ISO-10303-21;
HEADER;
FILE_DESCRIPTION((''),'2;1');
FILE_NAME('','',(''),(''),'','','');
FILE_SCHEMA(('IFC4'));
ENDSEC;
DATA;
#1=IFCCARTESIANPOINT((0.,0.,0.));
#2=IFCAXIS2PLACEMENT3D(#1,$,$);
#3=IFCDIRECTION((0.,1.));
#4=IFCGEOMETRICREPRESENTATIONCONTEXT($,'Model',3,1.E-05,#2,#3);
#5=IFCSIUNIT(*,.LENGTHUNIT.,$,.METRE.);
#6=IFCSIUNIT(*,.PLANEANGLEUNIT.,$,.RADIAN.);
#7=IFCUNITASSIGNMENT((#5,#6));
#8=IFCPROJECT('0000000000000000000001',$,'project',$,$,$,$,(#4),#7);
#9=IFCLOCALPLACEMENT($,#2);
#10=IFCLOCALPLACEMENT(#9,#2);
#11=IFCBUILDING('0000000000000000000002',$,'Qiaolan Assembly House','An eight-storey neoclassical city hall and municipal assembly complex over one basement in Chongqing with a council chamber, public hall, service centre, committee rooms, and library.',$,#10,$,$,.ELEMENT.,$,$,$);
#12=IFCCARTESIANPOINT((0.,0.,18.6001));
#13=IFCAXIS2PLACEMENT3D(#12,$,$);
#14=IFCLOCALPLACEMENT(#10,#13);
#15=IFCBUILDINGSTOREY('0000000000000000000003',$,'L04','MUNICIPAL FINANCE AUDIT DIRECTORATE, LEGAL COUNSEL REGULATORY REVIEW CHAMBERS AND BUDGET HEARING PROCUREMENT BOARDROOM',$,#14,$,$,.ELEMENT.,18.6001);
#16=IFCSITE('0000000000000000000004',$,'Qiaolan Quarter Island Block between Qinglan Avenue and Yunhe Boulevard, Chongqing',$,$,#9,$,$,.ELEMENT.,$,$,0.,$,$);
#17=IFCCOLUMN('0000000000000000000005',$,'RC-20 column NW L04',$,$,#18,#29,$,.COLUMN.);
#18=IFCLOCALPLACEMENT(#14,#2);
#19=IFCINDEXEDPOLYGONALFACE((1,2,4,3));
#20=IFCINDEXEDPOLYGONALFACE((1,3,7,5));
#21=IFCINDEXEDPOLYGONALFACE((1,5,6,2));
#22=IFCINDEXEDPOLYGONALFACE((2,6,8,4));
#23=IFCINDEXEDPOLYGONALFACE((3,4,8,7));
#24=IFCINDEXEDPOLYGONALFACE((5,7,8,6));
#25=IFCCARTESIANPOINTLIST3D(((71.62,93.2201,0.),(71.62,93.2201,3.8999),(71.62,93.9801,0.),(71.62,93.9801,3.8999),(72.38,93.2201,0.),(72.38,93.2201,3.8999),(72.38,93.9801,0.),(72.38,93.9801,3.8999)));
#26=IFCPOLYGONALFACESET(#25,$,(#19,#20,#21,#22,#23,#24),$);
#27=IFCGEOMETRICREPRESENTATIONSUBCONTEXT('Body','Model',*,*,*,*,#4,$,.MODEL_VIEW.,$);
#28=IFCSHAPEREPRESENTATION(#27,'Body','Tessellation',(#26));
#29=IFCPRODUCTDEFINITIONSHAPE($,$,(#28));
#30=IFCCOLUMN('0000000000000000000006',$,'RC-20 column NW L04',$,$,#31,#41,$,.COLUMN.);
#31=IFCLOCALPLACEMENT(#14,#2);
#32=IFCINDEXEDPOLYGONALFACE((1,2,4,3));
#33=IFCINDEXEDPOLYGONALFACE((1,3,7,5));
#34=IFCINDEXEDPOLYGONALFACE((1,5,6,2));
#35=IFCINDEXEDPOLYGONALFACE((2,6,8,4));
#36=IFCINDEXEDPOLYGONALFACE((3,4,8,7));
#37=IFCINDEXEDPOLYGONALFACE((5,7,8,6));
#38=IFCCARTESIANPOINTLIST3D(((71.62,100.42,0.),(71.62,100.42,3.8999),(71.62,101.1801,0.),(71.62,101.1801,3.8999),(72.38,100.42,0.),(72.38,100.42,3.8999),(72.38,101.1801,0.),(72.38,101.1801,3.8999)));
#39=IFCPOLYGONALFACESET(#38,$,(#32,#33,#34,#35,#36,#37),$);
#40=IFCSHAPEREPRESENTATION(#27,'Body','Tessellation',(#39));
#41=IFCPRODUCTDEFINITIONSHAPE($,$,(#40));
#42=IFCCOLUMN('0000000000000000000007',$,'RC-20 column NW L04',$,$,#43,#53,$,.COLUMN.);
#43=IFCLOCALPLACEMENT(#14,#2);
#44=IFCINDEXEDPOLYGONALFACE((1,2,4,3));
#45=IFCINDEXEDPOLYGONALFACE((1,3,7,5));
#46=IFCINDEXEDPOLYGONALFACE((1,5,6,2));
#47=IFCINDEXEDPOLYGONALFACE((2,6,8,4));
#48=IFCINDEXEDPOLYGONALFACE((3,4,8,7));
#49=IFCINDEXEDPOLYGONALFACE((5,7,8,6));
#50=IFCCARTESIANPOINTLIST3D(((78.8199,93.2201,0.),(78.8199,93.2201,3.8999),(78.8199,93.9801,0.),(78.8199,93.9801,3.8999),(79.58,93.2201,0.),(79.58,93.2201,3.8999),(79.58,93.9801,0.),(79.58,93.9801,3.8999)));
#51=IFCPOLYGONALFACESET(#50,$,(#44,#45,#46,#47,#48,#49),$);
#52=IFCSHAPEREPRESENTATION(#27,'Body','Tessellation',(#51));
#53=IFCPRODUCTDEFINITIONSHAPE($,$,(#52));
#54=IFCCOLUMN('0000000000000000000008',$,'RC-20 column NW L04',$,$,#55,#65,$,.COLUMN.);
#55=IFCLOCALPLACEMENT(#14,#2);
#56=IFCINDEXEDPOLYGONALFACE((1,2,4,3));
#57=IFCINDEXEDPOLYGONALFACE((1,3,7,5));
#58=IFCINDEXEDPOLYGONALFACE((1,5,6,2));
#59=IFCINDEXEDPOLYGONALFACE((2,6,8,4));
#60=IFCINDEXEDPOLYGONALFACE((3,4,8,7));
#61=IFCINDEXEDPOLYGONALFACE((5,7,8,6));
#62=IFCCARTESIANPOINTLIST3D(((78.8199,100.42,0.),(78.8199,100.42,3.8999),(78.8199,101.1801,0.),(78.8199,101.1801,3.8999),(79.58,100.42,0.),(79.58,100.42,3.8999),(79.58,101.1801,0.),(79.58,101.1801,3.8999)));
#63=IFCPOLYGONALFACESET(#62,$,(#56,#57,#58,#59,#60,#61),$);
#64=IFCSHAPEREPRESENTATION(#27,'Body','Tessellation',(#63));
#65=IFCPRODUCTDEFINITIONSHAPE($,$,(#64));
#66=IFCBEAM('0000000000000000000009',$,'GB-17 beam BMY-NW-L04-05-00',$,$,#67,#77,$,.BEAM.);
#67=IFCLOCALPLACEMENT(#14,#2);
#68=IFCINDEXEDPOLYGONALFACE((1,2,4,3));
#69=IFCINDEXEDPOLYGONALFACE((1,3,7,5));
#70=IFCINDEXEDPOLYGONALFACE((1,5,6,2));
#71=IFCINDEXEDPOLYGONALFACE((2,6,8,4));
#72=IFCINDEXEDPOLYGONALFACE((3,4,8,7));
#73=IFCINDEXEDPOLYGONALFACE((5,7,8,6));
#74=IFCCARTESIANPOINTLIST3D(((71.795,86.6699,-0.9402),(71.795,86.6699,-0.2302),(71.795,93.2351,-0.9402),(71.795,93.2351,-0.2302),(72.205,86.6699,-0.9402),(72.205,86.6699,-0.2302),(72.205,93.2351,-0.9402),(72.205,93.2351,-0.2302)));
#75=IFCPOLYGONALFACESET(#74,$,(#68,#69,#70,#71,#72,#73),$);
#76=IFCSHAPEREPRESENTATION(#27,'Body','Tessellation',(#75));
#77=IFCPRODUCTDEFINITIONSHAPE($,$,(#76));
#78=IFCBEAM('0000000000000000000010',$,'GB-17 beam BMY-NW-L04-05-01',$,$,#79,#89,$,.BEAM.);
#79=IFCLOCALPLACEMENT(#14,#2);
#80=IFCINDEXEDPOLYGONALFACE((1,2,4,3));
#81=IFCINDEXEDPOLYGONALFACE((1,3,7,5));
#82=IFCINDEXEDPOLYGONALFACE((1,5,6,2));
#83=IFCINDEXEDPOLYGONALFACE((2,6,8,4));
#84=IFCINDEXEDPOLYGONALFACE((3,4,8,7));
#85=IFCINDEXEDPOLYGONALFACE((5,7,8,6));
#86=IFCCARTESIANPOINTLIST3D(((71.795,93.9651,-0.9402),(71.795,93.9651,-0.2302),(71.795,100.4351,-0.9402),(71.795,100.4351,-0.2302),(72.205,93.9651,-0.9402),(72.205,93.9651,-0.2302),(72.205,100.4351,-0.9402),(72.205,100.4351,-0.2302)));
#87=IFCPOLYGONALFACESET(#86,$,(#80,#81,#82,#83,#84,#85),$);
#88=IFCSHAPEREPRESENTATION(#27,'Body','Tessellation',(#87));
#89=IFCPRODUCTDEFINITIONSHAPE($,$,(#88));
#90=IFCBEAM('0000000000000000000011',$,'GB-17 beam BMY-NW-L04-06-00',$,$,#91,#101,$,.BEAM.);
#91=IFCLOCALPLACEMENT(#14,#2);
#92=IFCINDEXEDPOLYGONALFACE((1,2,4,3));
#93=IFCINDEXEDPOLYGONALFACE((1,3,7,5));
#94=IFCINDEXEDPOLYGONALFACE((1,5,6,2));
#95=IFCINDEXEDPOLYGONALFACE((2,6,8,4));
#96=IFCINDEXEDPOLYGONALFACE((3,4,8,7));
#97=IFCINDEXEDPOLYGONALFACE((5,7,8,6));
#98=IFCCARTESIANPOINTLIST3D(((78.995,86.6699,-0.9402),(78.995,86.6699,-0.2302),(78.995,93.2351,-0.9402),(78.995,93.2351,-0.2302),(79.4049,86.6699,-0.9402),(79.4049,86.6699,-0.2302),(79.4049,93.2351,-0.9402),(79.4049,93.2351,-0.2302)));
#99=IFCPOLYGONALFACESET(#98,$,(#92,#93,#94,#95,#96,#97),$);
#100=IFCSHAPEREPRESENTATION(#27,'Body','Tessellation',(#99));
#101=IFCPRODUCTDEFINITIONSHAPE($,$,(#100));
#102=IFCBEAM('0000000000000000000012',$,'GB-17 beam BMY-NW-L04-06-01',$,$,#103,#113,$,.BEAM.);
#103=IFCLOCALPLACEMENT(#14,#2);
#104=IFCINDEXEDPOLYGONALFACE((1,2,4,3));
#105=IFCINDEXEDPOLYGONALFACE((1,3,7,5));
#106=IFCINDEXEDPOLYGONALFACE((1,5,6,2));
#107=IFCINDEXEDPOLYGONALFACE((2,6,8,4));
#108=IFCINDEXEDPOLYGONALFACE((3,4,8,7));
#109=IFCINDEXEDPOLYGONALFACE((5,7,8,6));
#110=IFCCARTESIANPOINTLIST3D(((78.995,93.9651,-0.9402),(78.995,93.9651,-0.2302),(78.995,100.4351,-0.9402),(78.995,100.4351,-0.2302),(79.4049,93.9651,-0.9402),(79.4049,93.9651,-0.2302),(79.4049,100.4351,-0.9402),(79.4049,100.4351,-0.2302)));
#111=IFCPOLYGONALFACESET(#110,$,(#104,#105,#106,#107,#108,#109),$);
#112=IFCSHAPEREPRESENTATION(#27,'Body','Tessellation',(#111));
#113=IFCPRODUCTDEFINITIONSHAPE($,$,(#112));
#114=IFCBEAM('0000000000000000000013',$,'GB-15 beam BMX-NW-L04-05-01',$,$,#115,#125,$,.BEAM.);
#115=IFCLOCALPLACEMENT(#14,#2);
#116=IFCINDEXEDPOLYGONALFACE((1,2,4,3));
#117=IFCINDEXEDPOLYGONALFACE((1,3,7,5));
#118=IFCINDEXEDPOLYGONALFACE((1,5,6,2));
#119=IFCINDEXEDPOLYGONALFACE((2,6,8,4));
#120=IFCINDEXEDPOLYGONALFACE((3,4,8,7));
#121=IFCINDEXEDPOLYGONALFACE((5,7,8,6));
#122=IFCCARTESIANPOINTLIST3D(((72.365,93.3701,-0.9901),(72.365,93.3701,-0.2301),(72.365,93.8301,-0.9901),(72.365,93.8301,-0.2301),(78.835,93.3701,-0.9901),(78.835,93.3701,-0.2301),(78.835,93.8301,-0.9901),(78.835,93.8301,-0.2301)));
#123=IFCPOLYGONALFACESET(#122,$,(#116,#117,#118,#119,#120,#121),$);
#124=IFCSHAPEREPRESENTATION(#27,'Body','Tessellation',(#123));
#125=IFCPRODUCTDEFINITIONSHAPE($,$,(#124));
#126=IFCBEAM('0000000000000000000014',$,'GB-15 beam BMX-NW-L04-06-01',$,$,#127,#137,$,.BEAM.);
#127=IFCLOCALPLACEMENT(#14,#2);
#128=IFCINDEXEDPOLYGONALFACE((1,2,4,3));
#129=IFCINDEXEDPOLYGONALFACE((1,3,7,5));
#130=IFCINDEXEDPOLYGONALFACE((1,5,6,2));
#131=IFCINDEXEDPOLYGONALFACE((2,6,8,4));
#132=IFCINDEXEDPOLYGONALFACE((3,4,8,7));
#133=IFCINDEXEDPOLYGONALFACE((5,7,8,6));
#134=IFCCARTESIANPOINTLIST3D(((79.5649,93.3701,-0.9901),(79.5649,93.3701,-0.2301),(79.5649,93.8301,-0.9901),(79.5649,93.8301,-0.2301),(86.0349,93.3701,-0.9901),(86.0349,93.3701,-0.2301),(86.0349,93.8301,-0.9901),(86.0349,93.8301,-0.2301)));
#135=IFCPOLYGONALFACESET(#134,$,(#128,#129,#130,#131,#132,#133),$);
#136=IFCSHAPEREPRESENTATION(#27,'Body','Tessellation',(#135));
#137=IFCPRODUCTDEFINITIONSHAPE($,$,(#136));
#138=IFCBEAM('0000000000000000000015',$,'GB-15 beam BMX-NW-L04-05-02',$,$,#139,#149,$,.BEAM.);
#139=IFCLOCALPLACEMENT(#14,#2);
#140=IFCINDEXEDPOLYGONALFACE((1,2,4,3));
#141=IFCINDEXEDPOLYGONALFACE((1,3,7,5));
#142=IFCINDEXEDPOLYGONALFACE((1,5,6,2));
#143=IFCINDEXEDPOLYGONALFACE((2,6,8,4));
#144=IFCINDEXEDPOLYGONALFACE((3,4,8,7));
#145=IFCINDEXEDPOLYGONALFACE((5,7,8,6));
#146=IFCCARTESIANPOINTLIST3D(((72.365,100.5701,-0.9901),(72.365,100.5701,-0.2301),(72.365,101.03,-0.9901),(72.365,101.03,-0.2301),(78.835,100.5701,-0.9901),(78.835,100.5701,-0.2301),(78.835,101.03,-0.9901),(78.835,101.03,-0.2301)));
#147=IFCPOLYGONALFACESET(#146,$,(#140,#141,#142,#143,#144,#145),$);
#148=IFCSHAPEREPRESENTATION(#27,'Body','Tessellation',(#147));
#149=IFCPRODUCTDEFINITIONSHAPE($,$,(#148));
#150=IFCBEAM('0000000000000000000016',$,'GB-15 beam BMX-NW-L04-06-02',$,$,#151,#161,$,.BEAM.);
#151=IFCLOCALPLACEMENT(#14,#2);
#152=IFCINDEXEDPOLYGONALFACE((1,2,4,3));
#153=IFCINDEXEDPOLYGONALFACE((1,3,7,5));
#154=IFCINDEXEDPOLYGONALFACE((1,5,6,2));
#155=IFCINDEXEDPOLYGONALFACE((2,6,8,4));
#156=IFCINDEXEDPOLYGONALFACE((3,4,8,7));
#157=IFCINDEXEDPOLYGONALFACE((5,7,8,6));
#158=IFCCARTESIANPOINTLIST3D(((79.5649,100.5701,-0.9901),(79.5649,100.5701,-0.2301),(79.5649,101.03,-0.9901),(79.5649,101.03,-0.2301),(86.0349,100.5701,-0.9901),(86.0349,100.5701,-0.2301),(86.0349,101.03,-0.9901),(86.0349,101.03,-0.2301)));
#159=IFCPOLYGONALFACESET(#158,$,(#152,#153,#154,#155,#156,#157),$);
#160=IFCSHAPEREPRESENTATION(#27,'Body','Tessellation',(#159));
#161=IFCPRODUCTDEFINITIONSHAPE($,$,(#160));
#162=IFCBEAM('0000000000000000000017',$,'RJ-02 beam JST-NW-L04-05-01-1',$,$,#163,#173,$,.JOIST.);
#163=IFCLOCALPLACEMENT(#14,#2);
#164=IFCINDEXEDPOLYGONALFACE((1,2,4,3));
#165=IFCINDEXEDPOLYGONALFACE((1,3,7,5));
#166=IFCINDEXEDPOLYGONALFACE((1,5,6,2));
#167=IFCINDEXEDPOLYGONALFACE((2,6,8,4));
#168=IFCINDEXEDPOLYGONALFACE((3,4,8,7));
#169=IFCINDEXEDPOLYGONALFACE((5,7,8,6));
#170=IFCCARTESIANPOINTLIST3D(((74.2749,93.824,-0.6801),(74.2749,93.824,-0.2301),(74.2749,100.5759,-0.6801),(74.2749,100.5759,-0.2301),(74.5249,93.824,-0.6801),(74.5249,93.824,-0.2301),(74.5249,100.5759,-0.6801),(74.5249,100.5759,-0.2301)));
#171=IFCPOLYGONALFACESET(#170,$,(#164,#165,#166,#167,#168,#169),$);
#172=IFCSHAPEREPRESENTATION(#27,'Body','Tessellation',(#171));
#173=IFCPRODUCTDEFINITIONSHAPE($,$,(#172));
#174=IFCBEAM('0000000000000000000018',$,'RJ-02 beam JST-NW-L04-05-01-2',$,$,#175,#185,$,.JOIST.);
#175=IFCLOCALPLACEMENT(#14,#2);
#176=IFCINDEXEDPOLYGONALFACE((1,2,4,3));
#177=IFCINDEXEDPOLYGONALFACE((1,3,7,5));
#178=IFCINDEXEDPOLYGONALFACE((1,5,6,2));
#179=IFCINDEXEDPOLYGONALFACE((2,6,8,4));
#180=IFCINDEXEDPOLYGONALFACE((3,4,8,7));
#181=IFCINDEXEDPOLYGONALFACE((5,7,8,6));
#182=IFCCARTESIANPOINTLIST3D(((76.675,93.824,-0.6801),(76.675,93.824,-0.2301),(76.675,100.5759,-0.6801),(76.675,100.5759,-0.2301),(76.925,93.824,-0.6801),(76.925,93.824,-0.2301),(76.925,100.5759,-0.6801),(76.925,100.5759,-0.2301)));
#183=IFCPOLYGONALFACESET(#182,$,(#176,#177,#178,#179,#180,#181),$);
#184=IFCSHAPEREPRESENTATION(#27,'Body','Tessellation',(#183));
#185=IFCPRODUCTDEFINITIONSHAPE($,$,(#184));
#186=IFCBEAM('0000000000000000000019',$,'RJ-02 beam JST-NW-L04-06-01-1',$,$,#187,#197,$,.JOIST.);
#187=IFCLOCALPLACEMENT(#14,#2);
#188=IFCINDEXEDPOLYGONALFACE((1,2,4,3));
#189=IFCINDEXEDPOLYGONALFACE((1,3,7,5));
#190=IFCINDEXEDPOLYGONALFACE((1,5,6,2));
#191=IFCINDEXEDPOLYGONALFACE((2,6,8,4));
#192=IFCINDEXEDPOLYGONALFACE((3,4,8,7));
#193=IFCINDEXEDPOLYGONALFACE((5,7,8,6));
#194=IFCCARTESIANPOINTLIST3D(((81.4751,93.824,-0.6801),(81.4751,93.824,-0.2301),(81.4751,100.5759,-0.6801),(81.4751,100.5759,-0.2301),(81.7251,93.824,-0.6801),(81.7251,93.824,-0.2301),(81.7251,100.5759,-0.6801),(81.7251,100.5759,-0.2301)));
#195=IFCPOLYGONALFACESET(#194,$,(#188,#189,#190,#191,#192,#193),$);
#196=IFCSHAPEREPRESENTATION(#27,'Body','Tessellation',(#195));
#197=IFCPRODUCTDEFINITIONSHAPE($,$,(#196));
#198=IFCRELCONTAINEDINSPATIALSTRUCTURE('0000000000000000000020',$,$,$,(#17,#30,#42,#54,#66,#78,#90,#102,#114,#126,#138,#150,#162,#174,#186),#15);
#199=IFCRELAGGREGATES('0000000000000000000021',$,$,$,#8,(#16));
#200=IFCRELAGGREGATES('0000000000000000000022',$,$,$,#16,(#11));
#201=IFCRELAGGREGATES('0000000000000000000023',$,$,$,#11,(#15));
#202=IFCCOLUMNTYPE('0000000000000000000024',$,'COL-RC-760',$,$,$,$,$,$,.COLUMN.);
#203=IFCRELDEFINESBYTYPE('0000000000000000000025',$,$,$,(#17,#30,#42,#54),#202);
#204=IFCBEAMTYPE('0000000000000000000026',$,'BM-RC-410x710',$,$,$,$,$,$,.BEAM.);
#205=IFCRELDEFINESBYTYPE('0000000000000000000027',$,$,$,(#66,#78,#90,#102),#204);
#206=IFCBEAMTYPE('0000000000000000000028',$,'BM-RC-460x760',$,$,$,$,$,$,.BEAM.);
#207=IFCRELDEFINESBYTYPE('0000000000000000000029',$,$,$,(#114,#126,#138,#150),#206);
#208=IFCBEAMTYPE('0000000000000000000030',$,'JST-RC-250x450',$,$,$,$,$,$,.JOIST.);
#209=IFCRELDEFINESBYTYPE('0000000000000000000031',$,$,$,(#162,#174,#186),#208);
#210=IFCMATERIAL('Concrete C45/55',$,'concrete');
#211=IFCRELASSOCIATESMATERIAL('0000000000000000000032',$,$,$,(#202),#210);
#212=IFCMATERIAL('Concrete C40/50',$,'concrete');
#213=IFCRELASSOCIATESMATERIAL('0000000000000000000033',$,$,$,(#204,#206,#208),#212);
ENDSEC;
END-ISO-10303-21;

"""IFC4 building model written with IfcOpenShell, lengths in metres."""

from ifc_helpers import new_model, si_unit, direction, frame, origin, origin_2d, place, context, subcontext, project, spatial, rectangle, extrude, material, material_profile, profile_set, type_object, element, save


model = new_model("IFC4")

# Units and contexts
model_context = context("Model", 3, precision=1e-05, world=origin(), true_north=direction((0.0, 1.0)))
body_context = subcontext(model_context, "Body", "Model", "MODEL_VIEW")
ifc_project = project(units=[si_unit("LENGTHUNIT", "METRE"), si_unit("PLANEANGLEUNIT", "RADIAN")], contexts=[model_context])

# Site, building, storey
site_placement = place(None, origin())
site = spatial("IfcSite", under=ifc_project, at=site_placement, Name="Qiaolan Quarter Island Block between Qinglan Avenue and Yunhe Boulevard, Chongqing", CompositionType="ELEMENT", RefElevation=0.0)
building_placement = place(site_placement, origin())
building = spatial("IfcBuilding", under=site, at=building_placement, Name="Qiaolan Assembly House", Description="An eight-storey neoclassical city hall and municipal assembly complex over one basement in Chongqing with a council chamber, public hall, service centre, committee rooms, and library.", CompositionType="ELEMENT")
storey_placement = place(building_placement, frame((0.0, 0.0, 18.6001)))
storey = spatial("IfcBuildingStorey", under=building, at=storey_placement, Name="L04", Description="MUNICIPAL FINANCE AUDIT DIRECTORATE, LEGAL COUNSEL REGULATORY REVIEW CHAMBERS AND BUDGET HEARING PROCUREMENT BOARDROOM", CompositionType="ELEMENT", Elevation=18.6001)

# Columns
ifc_material_1 = material(Name="Concrete C45/55", Category="concrete")
ifc_material_profile_1 = material_profile(ifc_material_1, rectangle(XDim=0.76, YDim=0.76, at=origin_2d()), Name="RC 760x760")
ifc_profile_set_1 = profile_set([ifc_material_profile_1], Name="Concrete C45/55")
column_type = type_object("IfcColumnType", Name="COL-RC-760", PredefinedType="COLUMN", material=ifc_profile_set_1)
for number, where, z_axis, x_axis, name in (
    (1, (72.0, 93.6001, 0.0), (0.0, 0.0, 1.0), (1.0, 0.0, 0.0), "RC-20 column NW L04"),
    (2, (72.0, 100.8, 0.0), (0.0, 0.0, 1.0), (1.0, 0.0, 0.0), "RC-20 column NW L04"),
    (3, (79.2, 93.6001, 0.0), (0.0, 0.0, 1.0), (1.0, 0.0, 0.0), "RC-20 column NW L04"),
    (4, (79.2, 100.8, 0.0), (0.0, 0.0, 1.0), (1.0, 0.0, 0.0), "RC-20 column NW L04"),
):
    element("IfcColumn", number, at=place(storey_placement, frame(where, z_axis=z_axis, x_axis=x_axis)), inside=storey, type_object=column_type, Name=name, PredefinedType="COLUMN", context=body_context, shape_type="SweptSolid", body=[
        extrude(rectangle(XDim=0.76, YDim=0.76, at=origin_2d()), origin(), (0.0, 0.0, 1.0), 3.8999),
    ])

# Beams
ifc_material_2 = material(Name="Concrete C40/50", Category="concrete")
ifc_material_profile_2 = material_profile(ifc_material_2, rectangle(XDim=0.4099, YDim=0.71, at=origin_2d()), Name="RCB 410x710")
ifc_profile_set_2 = profile_set([ifc_material_profile_2], Name="Concrete C40/50")
beam_type_1 = type_object("IfcBeamType", Name="BM-RC-410x710", PredefinedType="BEAM", material=ifc_profile_set_2)
beam_1_placement = place(storey_placement, frame((72.0, 86.6699, -0.5852), z_axis=(0.0, 1.0, 0.0), x_axis=(-1.0, 0.0, 0.0)))
element("IfcBeam", 5, at=beam_1_placement, inside=storey, type_object=beam_type_1, Name="GB-17 beam BMY-NW-L04-05-00", PredefinedType="BEAM", context=body_context, shape_type="SweptSolid", body=[
    extrude(rectangle(XDim=0.4099, YDim=0.71, at=origin_2d()), origin(), (0.0, 0.0, 1.0), 6.5652),
])
beam_2_placement = place(storey_placement, frame((72.0, 93.9651, -0.5852), z_axis=(0.0, 1.0, 0.0), x_axis=(-1.0, 0.0, 0.0)))
element("IfcBeam", 6, at=beam_2_placement, inside=storey, type_object=beam_type_1, Name="GB-17 beam BMY-NW-L04-05-01", PredefinedType="BEAM", context=body_context, shape_type="SweptSolid", body=[
    extrude(rectangle(XDim=0.4099, YDim=0.71, at=origin_2d()), origin(), (0.0, 0.0, 1.0), 6.47),
])
beam_3_placement = place(storey_placement, frame((79.2, 86.6699, -0.5852), z_axis=(0.0, 1.0, 0.0), x_axis=(-1.0, 0.0, 0.0)))
element("IfcBeam", 7, at=beam_3_placement, inside=storey, type_object=beam_type_1, Name="GB-17 beam BMY-NW-L04-06-00", PredefinedType="BEAM", context=body_context, shape_type="SweptSolid", body=[
    extrude(rectangle(XDim=0.4099, YDim=0.71, at=origin_2d()), origin(), (0.0, 0.0, 1.0), 6.5652),
])
beam_4_placement = place(storey_placement, frame((79.2, 93.9651, -0.5852), z_axis=(0.0, 1.0, 0.0), x_axis=(-1.0, 0.0, 0.0)))
element("IfcBeam", 8, at=beam_4_placement, inside=storey, type_object=beam_type_1, Name="GB-17 beam BMY-NW-L04-06-01", PredefinedType="BEAM", context=body_context, shape_type="SweptSolid", body=[
    extrude(rectangle(XDim=0.4099, YDim=0.71, at=origin_2d()), origin(), (0.0, 0.0, 1.0), 6.47),
])
ifc_material_profile_3 = material_profile(ifc_material_2, rectangle(XDim=0.46, YDim=0.76, at=origin_2d()), Name="RCB 460x760")
ifc_profile_set_3 = profile_set([ifc_material_profile_3], Name="Concrete C40/50")
beam_type_2 = type_object("IfcBeamType", Name="BM-RC-460x760", PredefinedType="BEAM", material=ifc_profile_set_3)
for number, where, z_axis, x_axis, name in (
    (9, (72.365, 93.6001, -0.6101), (1.0, 0.0, 0.0), (0.0, 1.0, 0.0), "GB-15 beam BMX-NW-L04-05-01"),
    (10, (79.5649, 93.6001, -0.6101), (1.0, 0.0, 0.0), (0.0, 1.0, 0.0), "GB-15 beam BMX-NW-L04-06-01"),
    (11, (72.365, 100.8, -0.6101), (1.0, 0.0, 0.0), (0.0, 1.0, 0.0), "GB-15 beam BMX-NW-L04-05-02"),
    (12, (79.5649, 100.8, -0.6101), (1.0, 0.0, 0.0), (0.0, 1.0, 0.0), "GB-15 beam BMX-NW-L04-06-02"),
):
    element("IfcBeam", number, at=place(storey_placement, frame(where, z_axis=z_axis, x_axis=x_axis)), inside=storey, type_object=beam_type_2, Name=name, PredefinedType="BEAM", context=body_context, shape_type="SweptSolid", body=[
        extrude(rectangle(XDim=0.46, YDim=0.76, at=origin_2d()), origin(), (0.0, 0.0, 1.0), 6.47),
    ])
ifc_material_profile_4 = material_profile(ifc_material_2, rectangle(XDim=0.25, YDim=0.45, at=origin_2d()), Name="RCB 250x450")
ifc_profile_set_4 = profile_set([ifc_material_profile_4], Name="Concrete C40/50")
beam_type_3 = type_object("IfcBeamType", Name="JST-RC-250x450", PredefinedType="JOIST", material=ifc_profile_set_4)
for number, where, z_axis, x_axis, name in (
    (13, (74.3999, 93.824, -0.4551), (0.0, 1.0, 0.0), (-1.0, 0.0, 0.0), "RJ-02 beam JST-NW-L04-05-01-1"),
    (14, (76.8, 93.824, -0.4551), (0.0, 1.0, 0.0), (-1.0, 0.0, 0.0), "RJ-02 beam JST-NW-L04-05-01-2"),
    (15, (81.6001, 93.824, -0.4551), (0.0, 1.0, 0.0), (-1.0, 0.0, 0.0), "RJ-02 beam JST-NW-L04-06-01-1"),
):
    element("IfcBeam", number, at=place(storey_placement, frame(where, z_axis=z_axis, x_axis=x_axis)), inside=storey, type_object=beam_type_3, Name=name, PredefinedType="JOIST", context=body_context, shape_type="SweptSolid", body=[
        extrude(rectangle(XDim=0.25, YDim=0.45, at=origin_2d()), origin(), (0.0, 0.0, 1.0), 6.752),
    ])

save(model, "model.ifc")
